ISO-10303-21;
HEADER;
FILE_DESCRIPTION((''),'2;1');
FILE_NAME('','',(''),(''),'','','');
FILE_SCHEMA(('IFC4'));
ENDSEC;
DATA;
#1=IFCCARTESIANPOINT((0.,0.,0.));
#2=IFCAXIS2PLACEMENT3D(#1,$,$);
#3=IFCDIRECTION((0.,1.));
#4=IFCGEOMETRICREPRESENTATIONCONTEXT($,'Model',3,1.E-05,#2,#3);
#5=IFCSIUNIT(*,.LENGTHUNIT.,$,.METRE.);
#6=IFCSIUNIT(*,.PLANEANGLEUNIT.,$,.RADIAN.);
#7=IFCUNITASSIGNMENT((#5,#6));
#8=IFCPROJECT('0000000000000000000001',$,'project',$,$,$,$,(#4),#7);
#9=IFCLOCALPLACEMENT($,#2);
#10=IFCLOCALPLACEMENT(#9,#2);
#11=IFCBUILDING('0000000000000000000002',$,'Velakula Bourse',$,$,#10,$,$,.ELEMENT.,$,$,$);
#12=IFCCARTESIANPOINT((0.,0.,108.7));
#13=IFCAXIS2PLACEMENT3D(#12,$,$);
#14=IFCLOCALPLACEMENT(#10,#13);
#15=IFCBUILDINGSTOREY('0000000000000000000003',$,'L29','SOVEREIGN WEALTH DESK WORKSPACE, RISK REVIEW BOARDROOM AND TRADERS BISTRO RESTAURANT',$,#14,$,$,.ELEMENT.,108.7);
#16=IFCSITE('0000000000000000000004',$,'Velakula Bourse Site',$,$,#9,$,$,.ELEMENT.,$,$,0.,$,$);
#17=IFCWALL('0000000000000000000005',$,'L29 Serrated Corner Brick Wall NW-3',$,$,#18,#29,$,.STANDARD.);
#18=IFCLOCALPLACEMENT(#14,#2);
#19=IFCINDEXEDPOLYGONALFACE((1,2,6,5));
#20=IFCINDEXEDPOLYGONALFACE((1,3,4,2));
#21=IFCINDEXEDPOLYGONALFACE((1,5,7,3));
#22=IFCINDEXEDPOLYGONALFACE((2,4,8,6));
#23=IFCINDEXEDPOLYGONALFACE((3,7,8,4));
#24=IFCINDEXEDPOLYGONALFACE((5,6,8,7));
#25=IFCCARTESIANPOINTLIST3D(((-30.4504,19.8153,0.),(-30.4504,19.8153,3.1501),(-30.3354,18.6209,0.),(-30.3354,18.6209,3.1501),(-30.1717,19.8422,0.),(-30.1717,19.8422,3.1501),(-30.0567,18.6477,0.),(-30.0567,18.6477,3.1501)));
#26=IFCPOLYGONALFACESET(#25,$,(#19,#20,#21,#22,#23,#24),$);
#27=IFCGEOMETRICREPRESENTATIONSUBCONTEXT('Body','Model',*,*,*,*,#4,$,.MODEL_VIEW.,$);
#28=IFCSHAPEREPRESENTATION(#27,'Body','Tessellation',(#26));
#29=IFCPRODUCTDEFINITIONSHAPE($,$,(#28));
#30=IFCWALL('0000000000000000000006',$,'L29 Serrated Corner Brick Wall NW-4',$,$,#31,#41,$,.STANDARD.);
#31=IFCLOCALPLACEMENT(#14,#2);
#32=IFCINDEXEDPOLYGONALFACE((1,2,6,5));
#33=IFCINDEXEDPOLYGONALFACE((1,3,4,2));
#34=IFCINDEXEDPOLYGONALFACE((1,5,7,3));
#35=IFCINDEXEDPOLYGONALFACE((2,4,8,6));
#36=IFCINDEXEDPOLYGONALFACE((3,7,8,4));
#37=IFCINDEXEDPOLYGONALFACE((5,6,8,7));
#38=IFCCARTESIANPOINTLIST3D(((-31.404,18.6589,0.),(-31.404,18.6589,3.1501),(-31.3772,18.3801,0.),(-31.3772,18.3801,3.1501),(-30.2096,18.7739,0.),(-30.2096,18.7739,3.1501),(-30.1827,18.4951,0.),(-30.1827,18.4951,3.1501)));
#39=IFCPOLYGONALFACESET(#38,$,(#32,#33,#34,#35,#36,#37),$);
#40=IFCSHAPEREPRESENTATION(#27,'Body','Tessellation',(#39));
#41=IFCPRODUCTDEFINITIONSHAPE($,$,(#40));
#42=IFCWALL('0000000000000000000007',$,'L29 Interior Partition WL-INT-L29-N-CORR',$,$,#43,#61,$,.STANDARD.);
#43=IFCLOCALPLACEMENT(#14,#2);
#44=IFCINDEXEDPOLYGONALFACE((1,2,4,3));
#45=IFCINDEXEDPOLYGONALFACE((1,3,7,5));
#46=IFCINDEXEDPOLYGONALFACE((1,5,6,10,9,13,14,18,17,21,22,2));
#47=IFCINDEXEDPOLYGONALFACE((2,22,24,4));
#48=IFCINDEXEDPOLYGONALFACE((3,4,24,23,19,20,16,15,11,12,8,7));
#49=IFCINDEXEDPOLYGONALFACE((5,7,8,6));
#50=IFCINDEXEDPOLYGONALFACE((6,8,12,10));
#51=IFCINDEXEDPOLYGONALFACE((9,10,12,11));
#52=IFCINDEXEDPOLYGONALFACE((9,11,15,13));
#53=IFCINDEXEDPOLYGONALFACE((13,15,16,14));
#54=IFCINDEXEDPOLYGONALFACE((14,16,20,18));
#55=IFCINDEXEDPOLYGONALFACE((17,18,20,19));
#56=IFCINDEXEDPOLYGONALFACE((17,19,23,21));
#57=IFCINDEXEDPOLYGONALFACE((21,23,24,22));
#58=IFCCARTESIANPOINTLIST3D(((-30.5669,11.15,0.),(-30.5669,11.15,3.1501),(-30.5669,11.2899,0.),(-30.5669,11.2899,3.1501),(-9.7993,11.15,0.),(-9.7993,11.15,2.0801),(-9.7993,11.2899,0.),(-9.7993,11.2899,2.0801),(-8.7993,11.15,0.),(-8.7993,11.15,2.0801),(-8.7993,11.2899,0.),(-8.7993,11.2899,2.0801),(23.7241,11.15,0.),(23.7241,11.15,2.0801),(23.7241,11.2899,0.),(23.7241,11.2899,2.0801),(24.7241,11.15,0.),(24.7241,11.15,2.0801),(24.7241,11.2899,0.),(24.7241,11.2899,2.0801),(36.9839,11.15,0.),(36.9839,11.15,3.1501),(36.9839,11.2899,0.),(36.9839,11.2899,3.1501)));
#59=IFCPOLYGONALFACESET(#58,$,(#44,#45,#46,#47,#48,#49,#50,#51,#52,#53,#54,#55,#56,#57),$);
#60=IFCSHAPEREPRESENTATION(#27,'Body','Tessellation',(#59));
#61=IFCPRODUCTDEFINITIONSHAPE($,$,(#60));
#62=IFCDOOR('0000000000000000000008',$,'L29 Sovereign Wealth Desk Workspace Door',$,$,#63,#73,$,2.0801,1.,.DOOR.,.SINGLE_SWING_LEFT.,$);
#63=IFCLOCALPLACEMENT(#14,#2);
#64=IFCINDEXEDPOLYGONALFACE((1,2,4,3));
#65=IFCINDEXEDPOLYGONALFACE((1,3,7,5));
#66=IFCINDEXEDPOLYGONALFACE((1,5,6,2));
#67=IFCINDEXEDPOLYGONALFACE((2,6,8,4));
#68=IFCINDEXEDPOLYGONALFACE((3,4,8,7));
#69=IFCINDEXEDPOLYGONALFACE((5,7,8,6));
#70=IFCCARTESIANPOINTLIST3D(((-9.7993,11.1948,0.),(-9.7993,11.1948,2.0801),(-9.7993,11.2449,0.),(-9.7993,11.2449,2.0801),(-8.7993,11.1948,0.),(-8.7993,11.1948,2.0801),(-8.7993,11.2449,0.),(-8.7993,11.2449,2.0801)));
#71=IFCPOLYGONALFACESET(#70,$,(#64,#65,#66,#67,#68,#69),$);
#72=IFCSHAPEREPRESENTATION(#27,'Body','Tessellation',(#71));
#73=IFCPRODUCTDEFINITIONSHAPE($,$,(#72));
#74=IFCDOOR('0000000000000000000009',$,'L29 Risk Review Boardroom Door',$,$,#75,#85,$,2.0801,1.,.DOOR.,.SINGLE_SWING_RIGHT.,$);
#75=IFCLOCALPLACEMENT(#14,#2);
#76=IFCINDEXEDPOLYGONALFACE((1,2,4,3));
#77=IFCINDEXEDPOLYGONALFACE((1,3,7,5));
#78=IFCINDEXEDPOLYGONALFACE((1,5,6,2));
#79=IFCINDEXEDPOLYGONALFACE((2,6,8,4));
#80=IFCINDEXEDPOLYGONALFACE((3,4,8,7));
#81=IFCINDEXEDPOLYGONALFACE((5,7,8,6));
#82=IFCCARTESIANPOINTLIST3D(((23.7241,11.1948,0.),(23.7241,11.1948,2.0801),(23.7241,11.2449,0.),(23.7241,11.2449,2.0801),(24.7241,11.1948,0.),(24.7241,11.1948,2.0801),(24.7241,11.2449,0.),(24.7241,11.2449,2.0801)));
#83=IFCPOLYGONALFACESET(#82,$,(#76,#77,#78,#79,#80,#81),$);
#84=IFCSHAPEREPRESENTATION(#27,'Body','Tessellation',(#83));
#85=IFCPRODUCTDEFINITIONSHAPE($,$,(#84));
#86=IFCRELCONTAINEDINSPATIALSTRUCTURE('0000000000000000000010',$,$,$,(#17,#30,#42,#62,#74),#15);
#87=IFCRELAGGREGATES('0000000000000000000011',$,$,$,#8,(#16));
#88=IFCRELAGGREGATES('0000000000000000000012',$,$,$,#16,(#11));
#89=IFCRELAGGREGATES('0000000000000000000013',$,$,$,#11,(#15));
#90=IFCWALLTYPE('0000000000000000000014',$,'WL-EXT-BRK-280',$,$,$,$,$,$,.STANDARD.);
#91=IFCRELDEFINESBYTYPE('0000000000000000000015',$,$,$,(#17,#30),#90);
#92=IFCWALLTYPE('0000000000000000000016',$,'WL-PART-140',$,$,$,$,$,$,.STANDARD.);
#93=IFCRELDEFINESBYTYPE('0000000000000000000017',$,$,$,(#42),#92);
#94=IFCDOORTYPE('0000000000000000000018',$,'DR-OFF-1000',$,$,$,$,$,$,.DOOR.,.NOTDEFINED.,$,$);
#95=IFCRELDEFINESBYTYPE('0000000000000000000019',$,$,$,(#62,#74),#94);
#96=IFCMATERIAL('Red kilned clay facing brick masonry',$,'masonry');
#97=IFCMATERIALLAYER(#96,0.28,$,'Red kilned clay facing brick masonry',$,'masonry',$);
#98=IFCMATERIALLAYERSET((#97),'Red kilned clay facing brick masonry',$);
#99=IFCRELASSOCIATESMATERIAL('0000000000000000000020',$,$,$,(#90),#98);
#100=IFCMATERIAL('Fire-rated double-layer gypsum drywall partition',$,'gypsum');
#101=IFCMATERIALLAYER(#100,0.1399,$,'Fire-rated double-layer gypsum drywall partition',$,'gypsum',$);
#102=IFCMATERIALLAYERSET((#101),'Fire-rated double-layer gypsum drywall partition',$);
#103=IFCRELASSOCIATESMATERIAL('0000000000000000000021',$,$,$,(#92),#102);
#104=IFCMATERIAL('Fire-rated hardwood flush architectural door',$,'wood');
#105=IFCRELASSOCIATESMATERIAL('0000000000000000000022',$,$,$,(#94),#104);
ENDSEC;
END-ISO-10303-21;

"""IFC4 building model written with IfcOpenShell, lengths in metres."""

from ifc_helpers import new_model, si_unit, direction, frame, frame_2d, origin, place, context, subcontext, project, spatial, rectangle, extrude, material, layer, layer_set, type_object, element, fill, save


model = new_model("IFC4")

# Units and contexts
model_context = context("Model", 3, precision=1e-05, world=origin(), true_north=direction((0.0, 1.0)))
body_context = subcontext(model_context, "Body", "Model", "MODEL_VIEW")
ifc_project = project(units=[si_unit("LENGTHUNIT", "METRE"), si_unit("PLANEANGLEUNIT", "RADIAN")], contexts=[model_context])

# Site, building, storey
site_placement = place(None, origin())
site = spatial("IfcSite", under=ifc_project, at=site_placement, Name="Velakula Bourse Site", CompositionType="ELEMENT", RefElevation=0.0)
building_placement = place(site_placement, origin())
building = spatial("IfcBuilding", under=site, at=building_placement, Name="Velakula Bourse", CompositionType="ELEMENT")
storey_placement = place(building_placement, frame((0.0, 0.0, 108.7)))
storey = spatial("IfcBuildingStorey", under=building, at=storey_placement, Name="L29", Description="SOVEREIGN WEALTH DESK WORKSPACE, RISK REVIEW BOARDROOM AND TRADERS BISTRO RESTAURANT", CompositionType="ELEMENT", Elevation=108.7)

# Shared definitions
ifc_material_1 = material(Name="Red kilned clay facing brick masonry", Category="masonry")
ifc_layer_1 = layer(ifc_material_1, 0.28, Name="Red kilned clay facing brick masonry", Category="masonry")
ifc_layer_set_1 = layer_set([ifc_layer_1], Name="Red kilned clay facing brick masonry")
wall_type_1 = type_object("IfcWallType", Name="WL-EXT-BRK-280", PredefinedType="STANDARD", material=ifc_layer_set_1)

# Walls
for number, where, z_axis, x_axis, name in (
    (1, (-30.311, 19.8289, 0.0), (0.0, 0.0, 1.0), (0.095836, -0.995397, 0.0), "L29 Serrated Corner Brick Wall NW-3"),
    (2, (-30.196, 18.6345, 0.0), (0.0, 0.0, 1.0), (-0.995397, -0.095836, 0.0), "L29 Serrated Corner Brick Wall NW-4"),
):
    element("IfcWall", number, at=place(storey_placement, frame(where, z_axis=z_axis, x_axis=x_axis)), inside=storey, type_object=wall_type_1, Name=name, PredefinedType="STANDARD", context=body_context, shape_type="SweptSolid", body=[
        extrude(rectangle(XDim=1.2, YDim=0.28, at=frame_2d((0.6001, 0.0))), origin(), (0.0, 0.0, 1.0), 3.1501),
    ])

# Wall, openings, doors
ifc_material_2 = material(Name="Fire-rated double-layer gypsum drywall partition", Category="gypsum")
ifc_layer_2 = layer(ifc_material_2, 0.1399, Name="Fire-rated double-layer gypsum drywall partition", Category="gypsum")
ifc_layer_set_2 = layer_set([ifc_layer_2], Name="Fire-rated double-layer gypsum drywall partition")
wall_type_2 = type_object("IfcWallType", Name="WL-PART-140", PredefinedType="STANDARD", material=ifc_layer_set_2)
wall_1_placement = place(storey_placement, frame((-30.5669, 11.22, 0.0), z_axis=(0.0, 0.0, 1.0), x_axis=(1.0, 0.0, 0.0)))
wall_1 = element("IfcWall", 3, at=wall_1_placement, inside=storey, type_object=wall_type_2, Name="L29 Interior Partition WL-INT-L29-N-CORR", PredefinedType="STANDARD", context=body_context, shape_type="SweptSolid", body=[
    extrude(rectangle(XDim=67.5508, YDim=0.1399, at=frame_2d((33.7754, 0.0))), origin(), (0.0, 0.0, 1.0), 3.1501),
])
opening_1_placement = place(wall_1_placement, frame((20.7676, 0.0, 0.0)))
opening_1 = element("IfcOpeningElement", 4, at=opening_1_placement, cuts=wall_1, PredefinedType="OPENING", context=body_context, shape_type="SweptSolid", body=[
    extrude(rectangle(XDim=1.0, YDim=2.0801, at=frame_2d((0.5, 1.04))), frame((0.0, 0.0798, 0.0), z_axis=(0.0, -1.0, 0.0), x_axis=(1.0, 0.0, 0.0)), (0.0, 0.0, 1.0), 0.1599),
])
opening_2_placement = place(wall_1_placement, frame((54.291, 0.0, 0.0)))
opening_2 = element("IfcOpeningElement", 5, at=opening_2_placement, cuts=wall_1, PredefinedType="OPENING", context=body_context, shape_type="SweptSolid", body=[
    extrude(rectangle(XDim=1.0, YDim=2.0801, at=frame_2d((0.5, 1.04))), frame((0.0, 0.0798, 0.0), z_axis=(0.0, -1.0, 0.0), x_axis=(1.0, 0.0, 0.0)), (0.0, 0.0, 1.0), 0.1599),
])
ifc_material_3 = material(Name="Fire-rated hardwood flush architectural door", Category="wood")
door_type = type_object("IfcDoorType", Name="DR-OFF-1000", OperationType="NOTDEFINED", PredefinedType="DOOR", material=ifc_material_3)
door_1_placement = place(opening_1_placement, origin())
door_1 = element("IfcDoor", 6, at=door_1_placement, inside=storey, type_object=door_type, Name="L29 Sovereign Wealth Desk Workspace Door", OperationType="SINGLE_SWING_LEFT", OverallHeight=2.0801, OverallWidth=1.0, PredefinedType="DOOR", context=body_context, shape_type="SweptSolid", body=[
    extrude(rectangle(XDim=1.0, YDim=2.0801, at=frame_2d((0.5, 1.04))), frame((0.0, 0.0249, 0.0), z_axis=(0.0, -1.0, 0.0), x_axis=(1.0, 0.0, 0.0)), (0.0, 0.0, 1.0), 0.05),
])
fill(opening_1, door_1)
door_2_placement = place(opening_2_placement, origin())
door_2 = element("IfcDoor", 7, at=door_2_placement, inside=storey, type_object=door_type, Name="L29 Risk Review Boardroom Door", OperationType="SINGLE_SWING_RIGHT", OverallHeight=2.0801, OverallWidth=1.0, PredefinedType="DOOR", context=body_context, shape_type="SweptSolid", body=[
    extrude(rectangle(XDim=1.0, YDim=2.0801, at=frame_2d((0.5, 1.04))), frame((0.0, 0.0249, 0.0), z_axis=(0.0, -1.0, 0.0), x_axis=(1.0, 0.0, 0.0)), (0.0, 0.0, 1.0), 0.05),
])
fill(opening_2, door_2)

save(model, "model.ifc")
